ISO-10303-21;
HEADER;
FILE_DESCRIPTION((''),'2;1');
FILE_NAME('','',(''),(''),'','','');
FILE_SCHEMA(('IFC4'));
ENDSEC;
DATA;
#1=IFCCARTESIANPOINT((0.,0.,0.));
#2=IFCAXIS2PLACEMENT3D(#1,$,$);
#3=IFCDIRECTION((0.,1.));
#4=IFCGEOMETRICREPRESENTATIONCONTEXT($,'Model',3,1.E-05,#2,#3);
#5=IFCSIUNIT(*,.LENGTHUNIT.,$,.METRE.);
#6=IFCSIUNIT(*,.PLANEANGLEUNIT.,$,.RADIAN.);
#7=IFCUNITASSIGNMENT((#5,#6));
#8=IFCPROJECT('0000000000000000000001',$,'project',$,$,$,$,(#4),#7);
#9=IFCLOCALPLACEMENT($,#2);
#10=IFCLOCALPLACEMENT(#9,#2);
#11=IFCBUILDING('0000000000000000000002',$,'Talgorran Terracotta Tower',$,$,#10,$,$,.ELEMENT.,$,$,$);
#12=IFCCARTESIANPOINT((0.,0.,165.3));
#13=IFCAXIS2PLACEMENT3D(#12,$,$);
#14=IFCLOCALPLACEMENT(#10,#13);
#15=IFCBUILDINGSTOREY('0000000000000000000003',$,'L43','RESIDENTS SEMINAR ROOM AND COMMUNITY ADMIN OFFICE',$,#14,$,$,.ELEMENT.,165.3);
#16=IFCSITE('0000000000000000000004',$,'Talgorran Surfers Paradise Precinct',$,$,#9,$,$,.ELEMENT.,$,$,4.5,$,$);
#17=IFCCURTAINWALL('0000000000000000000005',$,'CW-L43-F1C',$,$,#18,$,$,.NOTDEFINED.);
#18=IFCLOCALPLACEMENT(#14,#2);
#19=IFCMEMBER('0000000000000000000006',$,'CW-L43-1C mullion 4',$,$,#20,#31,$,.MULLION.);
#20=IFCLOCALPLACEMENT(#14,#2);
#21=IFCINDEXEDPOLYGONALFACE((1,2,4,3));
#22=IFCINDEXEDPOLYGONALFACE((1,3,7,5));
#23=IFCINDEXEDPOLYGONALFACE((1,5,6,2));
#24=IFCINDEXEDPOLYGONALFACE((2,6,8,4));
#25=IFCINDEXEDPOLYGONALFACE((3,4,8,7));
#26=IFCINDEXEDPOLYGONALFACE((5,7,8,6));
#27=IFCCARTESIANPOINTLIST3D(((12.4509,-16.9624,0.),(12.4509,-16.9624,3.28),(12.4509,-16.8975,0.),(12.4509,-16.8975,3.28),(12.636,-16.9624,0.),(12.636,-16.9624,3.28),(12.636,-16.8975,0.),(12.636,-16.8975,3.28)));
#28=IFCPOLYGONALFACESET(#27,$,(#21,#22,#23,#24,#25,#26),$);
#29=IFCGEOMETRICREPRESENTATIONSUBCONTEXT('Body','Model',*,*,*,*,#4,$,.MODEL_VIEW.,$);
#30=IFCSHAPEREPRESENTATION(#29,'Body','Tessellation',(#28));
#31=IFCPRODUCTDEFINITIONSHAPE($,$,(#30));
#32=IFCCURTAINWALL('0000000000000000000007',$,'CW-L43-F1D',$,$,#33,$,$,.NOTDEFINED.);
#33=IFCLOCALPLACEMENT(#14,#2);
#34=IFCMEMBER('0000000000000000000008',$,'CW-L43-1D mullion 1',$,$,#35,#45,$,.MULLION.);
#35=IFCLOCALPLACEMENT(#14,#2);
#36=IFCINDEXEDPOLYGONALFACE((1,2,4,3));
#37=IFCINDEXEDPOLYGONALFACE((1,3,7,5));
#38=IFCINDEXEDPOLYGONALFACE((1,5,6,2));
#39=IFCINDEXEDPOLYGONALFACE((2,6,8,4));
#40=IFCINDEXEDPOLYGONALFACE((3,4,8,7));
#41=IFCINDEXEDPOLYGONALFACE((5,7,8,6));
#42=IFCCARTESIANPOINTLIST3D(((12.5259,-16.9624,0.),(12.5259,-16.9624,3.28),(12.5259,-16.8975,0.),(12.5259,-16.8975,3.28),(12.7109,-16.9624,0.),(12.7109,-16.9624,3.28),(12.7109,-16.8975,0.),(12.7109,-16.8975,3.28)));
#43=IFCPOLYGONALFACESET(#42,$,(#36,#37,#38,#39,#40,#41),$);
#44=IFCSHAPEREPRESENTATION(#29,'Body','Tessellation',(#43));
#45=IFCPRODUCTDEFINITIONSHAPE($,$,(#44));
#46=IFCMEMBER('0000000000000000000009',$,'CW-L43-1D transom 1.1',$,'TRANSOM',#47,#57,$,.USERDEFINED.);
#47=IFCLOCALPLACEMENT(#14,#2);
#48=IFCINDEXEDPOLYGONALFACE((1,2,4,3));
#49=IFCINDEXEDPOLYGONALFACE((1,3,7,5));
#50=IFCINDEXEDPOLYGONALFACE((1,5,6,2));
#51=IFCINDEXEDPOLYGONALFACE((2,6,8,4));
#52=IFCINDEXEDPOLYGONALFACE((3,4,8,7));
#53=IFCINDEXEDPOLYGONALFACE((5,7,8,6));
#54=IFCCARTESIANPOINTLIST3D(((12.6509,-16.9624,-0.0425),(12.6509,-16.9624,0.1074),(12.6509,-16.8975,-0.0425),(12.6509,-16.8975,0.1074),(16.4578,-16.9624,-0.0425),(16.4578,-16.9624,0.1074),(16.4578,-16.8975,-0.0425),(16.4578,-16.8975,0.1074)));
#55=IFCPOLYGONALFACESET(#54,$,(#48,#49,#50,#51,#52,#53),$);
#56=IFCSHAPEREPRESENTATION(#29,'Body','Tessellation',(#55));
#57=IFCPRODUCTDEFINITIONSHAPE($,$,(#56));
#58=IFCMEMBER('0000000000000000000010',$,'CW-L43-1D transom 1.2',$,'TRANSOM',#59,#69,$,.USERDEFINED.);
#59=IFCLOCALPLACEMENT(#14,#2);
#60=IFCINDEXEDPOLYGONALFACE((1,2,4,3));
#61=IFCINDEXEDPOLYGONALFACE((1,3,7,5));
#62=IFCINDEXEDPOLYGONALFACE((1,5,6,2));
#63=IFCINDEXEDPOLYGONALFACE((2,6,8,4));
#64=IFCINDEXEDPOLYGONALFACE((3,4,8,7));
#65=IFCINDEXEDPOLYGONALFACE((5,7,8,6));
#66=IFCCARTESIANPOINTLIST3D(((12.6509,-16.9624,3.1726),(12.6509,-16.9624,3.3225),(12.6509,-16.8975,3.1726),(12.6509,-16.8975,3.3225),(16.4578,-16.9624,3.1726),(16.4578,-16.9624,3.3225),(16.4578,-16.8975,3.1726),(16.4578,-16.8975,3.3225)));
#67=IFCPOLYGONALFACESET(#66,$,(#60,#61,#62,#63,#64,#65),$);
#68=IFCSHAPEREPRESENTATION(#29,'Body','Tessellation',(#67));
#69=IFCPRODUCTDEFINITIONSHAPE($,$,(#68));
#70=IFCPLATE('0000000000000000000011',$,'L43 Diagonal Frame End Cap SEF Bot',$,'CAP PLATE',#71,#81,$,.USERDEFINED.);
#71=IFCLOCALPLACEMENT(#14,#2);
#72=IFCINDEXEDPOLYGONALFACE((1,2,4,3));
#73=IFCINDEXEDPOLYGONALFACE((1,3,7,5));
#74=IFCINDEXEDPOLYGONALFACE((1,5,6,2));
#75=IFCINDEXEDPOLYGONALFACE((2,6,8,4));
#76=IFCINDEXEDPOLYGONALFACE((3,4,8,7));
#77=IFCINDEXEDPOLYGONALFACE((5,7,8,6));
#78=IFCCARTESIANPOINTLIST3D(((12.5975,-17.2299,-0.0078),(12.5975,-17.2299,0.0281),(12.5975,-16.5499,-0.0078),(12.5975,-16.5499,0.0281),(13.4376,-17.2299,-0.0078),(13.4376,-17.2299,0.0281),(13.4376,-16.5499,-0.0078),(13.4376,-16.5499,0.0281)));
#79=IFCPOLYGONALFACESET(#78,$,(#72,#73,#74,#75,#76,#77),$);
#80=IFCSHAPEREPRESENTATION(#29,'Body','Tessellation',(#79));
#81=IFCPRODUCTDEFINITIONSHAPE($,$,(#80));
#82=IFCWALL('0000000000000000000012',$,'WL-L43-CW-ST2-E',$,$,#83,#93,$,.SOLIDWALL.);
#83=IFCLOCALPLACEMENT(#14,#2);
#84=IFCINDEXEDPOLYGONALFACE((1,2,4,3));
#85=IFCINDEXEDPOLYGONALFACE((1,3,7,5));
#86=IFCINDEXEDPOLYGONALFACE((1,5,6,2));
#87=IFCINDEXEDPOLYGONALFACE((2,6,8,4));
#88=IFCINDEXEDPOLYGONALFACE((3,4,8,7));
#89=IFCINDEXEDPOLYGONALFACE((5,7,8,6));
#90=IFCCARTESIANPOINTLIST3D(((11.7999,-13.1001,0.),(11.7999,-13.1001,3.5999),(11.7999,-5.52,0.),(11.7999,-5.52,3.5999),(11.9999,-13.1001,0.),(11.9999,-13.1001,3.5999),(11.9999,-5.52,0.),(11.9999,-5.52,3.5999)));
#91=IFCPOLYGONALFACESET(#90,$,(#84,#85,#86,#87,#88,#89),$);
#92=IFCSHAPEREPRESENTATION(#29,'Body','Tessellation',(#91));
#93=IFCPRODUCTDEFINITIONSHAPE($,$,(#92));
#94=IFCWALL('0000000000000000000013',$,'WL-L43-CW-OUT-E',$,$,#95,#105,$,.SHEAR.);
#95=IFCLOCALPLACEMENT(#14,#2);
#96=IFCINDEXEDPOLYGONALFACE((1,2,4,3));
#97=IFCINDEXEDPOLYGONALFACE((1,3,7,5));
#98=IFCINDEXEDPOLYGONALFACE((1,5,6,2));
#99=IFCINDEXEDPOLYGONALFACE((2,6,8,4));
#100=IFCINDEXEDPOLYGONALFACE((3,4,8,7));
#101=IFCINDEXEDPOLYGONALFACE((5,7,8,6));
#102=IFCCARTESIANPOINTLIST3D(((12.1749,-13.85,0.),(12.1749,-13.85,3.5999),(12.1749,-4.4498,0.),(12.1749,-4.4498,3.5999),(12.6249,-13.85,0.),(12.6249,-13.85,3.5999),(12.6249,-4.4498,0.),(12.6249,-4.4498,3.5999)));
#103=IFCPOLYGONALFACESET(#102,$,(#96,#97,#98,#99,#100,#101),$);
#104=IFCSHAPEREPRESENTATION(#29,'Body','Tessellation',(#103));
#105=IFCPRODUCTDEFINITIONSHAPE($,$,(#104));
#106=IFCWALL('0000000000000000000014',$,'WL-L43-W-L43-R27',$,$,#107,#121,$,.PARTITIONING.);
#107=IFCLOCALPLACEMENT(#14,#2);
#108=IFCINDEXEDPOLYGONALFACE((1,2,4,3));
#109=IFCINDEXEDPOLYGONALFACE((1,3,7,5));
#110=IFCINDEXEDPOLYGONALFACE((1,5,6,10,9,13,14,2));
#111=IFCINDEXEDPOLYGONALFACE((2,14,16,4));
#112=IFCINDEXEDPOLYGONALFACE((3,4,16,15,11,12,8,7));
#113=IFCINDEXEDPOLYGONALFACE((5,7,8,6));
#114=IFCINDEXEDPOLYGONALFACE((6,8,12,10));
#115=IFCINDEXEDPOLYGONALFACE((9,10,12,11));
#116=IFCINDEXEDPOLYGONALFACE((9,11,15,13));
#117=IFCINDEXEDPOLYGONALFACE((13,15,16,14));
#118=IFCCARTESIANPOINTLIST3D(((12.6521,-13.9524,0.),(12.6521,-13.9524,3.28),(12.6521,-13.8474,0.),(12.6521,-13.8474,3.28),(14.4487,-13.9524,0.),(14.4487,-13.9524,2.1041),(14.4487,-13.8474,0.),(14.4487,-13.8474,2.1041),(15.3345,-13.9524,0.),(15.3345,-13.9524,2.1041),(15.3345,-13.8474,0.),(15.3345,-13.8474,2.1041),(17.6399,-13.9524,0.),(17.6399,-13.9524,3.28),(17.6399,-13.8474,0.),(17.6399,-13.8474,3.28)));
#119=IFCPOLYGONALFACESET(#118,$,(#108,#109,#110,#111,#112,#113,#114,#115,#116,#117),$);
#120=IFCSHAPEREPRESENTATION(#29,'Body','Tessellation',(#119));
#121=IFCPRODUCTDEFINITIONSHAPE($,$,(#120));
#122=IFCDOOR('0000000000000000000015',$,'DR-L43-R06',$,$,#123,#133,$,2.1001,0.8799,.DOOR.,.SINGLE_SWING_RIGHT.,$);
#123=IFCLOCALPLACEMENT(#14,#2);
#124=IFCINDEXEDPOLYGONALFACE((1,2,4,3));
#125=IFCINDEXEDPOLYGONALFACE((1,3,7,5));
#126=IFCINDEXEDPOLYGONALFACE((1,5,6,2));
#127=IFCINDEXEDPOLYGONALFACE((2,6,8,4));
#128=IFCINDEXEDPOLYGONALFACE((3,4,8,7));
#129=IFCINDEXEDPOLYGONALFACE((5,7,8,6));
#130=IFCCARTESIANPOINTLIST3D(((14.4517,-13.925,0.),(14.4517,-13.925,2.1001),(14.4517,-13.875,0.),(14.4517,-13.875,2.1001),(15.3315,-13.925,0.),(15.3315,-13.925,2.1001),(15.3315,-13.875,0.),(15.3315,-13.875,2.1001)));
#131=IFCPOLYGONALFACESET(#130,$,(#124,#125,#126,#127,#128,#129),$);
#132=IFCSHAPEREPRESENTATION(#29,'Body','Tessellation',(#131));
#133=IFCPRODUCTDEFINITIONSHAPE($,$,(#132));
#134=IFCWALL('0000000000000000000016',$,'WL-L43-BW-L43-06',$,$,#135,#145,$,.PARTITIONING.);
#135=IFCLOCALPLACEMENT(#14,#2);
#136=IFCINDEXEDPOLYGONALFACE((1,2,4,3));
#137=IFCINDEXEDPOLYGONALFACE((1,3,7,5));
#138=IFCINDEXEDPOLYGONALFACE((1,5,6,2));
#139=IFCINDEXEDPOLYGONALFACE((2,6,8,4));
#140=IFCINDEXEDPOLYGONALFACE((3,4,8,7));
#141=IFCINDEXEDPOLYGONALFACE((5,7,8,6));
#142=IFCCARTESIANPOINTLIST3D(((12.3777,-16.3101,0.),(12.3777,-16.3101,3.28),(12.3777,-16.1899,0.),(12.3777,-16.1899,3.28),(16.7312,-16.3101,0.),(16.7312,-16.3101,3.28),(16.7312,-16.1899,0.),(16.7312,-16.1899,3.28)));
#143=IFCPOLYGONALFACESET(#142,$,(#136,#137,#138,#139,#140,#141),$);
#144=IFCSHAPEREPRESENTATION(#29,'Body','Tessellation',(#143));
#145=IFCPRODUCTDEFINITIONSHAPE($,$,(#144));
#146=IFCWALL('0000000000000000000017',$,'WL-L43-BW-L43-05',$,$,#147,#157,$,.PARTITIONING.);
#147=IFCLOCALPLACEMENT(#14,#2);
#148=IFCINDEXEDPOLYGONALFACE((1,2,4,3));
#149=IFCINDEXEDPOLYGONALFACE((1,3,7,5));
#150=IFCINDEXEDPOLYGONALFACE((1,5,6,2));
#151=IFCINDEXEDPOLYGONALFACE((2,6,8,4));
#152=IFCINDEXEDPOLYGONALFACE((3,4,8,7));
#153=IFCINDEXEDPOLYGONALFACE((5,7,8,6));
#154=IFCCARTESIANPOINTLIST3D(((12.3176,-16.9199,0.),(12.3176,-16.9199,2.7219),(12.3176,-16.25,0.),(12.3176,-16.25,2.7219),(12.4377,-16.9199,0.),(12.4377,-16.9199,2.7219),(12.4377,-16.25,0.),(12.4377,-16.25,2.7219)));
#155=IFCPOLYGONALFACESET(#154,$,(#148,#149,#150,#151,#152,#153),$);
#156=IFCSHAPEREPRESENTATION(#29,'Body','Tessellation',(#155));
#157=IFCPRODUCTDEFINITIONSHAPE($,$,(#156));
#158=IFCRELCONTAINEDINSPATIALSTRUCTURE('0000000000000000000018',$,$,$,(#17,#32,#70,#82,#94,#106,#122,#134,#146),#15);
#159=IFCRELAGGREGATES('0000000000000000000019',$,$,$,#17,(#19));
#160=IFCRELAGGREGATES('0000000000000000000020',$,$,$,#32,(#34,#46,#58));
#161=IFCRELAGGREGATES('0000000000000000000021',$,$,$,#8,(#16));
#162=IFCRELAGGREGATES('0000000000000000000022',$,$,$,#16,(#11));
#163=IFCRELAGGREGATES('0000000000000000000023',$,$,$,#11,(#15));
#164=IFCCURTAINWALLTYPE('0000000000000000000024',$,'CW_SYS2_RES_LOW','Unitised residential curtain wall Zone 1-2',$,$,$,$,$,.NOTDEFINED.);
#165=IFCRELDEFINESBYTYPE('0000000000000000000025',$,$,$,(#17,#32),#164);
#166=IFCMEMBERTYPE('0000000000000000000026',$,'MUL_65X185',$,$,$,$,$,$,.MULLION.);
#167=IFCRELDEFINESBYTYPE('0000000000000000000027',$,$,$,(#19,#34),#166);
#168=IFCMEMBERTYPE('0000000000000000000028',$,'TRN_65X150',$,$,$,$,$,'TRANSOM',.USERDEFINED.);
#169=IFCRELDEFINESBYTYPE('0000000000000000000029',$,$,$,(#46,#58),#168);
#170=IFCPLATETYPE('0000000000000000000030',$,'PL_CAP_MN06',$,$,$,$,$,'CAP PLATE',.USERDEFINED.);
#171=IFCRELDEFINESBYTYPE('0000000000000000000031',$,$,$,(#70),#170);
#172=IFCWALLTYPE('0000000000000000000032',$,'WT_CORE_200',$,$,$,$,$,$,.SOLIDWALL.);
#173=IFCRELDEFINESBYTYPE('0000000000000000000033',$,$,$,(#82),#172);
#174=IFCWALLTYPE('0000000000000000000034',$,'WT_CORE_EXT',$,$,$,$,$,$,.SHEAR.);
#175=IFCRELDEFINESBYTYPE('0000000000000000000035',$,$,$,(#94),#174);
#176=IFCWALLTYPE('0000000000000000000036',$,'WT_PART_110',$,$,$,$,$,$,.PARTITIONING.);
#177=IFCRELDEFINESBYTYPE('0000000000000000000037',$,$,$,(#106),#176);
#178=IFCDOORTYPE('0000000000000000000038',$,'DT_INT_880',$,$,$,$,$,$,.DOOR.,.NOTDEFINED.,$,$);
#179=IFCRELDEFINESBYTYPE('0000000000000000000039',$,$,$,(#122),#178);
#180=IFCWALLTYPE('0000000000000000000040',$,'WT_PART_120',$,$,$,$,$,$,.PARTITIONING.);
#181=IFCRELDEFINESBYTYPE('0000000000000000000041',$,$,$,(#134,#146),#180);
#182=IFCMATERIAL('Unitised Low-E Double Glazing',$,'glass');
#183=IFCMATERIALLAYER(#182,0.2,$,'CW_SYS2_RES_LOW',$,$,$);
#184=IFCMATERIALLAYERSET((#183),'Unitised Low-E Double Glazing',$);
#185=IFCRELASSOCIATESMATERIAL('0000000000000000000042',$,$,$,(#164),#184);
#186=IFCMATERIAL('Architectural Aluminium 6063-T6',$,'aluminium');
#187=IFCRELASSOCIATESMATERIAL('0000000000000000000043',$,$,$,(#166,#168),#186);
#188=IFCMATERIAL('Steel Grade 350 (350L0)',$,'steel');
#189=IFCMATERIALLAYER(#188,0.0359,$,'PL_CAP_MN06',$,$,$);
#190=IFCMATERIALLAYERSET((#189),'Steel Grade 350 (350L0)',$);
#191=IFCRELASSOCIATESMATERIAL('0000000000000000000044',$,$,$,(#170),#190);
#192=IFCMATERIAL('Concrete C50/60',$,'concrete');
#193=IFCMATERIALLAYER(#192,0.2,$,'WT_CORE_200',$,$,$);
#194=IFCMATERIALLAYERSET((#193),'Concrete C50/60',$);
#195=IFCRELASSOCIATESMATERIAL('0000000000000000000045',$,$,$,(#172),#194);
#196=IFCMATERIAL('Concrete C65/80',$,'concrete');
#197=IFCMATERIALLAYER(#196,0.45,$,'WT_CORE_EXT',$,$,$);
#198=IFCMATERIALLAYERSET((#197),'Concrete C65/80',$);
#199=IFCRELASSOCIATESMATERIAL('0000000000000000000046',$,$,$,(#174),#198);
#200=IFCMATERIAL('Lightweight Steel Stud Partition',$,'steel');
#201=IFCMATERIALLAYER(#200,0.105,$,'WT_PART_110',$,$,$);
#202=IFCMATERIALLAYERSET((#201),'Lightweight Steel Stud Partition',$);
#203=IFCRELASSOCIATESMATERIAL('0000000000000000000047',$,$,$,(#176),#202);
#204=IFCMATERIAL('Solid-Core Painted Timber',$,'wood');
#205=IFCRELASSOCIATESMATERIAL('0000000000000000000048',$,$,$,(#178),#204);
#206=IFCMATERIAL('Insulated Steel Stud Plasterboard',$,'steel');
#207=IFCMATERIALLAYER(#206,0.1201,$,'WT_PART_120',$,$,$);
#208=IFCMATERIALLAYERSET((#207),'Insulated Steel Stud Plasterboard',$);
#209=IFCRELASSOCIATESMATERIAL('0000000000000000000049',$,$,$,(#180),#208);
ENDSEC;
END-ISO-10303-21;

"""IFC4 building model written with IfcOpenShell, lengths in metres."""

from ifc_helpers import new_model, si_unit, direction, frame, frame_2d, origin, origin_2d, place, context, subcontext, project, spatial, rectangle, extrude, material, layer, layer_set, material_profile, profile_set, type_object, element, fill, aggregate, save


model = new_model("IFC4")

# Units and contexts
model_context = context("Model", 3, precision=1e-05, world=origin(), true_north=direction((0.0, 1.0)))
body_context = subcontext(model_context, "Body", "Model", "MODEL_VIEW")
ifc_project = project(units=[si_unit("LENGTHUNIT", "METRE"), si_unit("PLANEANGLEUNIT", "RADIAN")], contexts=[model_context])

# Site, building, storey
site_placement = place(None, origin())
site = spatial("IfcSite", under=ifc_project, at=site_placement, Name="Talgorran Surfers Paradise Precinct", CompositionType="ELEMENT", RefElevation=4.5)
building_placement = place(site_placement, origin())
building = spatial("IfcBuilding", under=site, at=building_placement, Name="Talgorran Terracotta Tower", CompositionType="ELEMENT")
storey_placement = place(building_placement, frame((0.0, 0.0, 165.3)))
storey = spatial("IfcBuildingStorey", under=building, at=storey_placement, Name="L43", Description="RESIDENTS SEMINAR ROOM AND COMMUNITY ADMIN OFFICE", CompositionType="ELEMENT", Elevation=165.3)

# Shared definitions
ifc_material_1 = material(Name="Steel Grade 350 (350L0)", Category="steel")

# Curtain wall, member
ifc_material_2 = material(Name="Unitised Low-E Double Glazing", Category="glass")
ifc_layer_1 = layer(ifc_material_2, 0.2, Name="CW_SYS2_RES_LOW")
ifc_layer_set_1 = layer_set([ifc_layer_1], Name="Unitised Low-E Double Glazing")
curtain_wall_type = type_object("IfcCurtainWallType", Name="CW_SYS2_RES_LOW", Description="Unitised residential curtain wall Zone 1-2", PredefinedType="NOTDEFINED", material=ifc_layer_set_1)
curtain_wall_1_placement = place(storey_placement, origin())
curtain_wall_1 = element("IfcCurtainWall", 1, at=curtain_wall_1_placement, inside=storey, type_object=curtain_wall_type, Name="CW-L43-F1C", PredefinedType="NOTDEFINED")
ifc_material_3 = material(Name="Architectural Aluminium 6063-T6", Category="aluminium")
ifc_material_profile_1 = material_profile(ifc_material_3, rectangle(XDim=0.0649, YDim=0.1851, at=origin_2d()), Name="CWM65X185")
ifc_profile_set_1 = profile_set([ifc_material_profile_1], Name="Architectural Aluminium 6063-T6")
member_type_1 = type_object("IfcMemberType", Name="MUL_65X185", PredefinedType="MULLION", material=ifc_profile_set_1)
member_1_placement = place(storey_placement, frame((12.5435, -16.9299, 0.0), z_axis=(0.0, 0.0, 1.0), x_axis=(0.0, 1.0, 0.0)))
member_1 = element("IfcMember", 2, at=member_1_placement, type_object=member_type_1, Name="CW-L43-1C mullion 4", PredefinedType="MULLION", context=body_context, shape_type="SweptSolid", body=[
    extrude(rectangle(XDim=0.0649, YDim=0.1851, at=origin_2d()), origin(), (0.0, 0.0, 1.0), 3.28),
])
aggregate(curtain_wall_1, [member_1])

# Curtain wall, members
curtain_wall_2_placement = place(storey_placement, origin())
curtain_wall_2 = element("IfcCurtainWall", 3, at=curtain_wall_2_placement, inside=storey, type_object=curtain_wall_type, Name="CW-L43-F1D", PredefinedType="NOTDEFINED")
member_2_placement = place(storey_placement, frame((12.6184, -16.9299, 0.0), z_axis=(0.0, 0.0, 1.0), x_axis=(0.0, 1.0, 0.0)))
member_2 = element("IfcMember", 4, at=member_2_placement, type_object=member_type_1, Name="CW-L43-1D mullion 1", PredefinedType="MULLION", context=body_context, shape_type="SweptSolid", body=[
    extrude(rectangle(XDim=0.0649, YDim=0.1851, at=origin_2d()), origin(), (0.0, 0.0, 1.0), 3.28),
])
ifc_material_profile_2 = material_profile(ifc_material_3, rectangle(XDim=0.0649, YDim=0.1499, at=origin_2d()), Name="CWT65X150")
ifc_profile_set_2 = profile_set([ifc_material_profile_2], Name="Architectural Aluminium 6063-T6")
member_type_2 = type_object("IfcMemberType", Name="TRN_65X150", ElementType="TRANSOM", PredefinedType="USERDEFINED", material=ifc_profile_set_2)
member_3_placement = place(storey_placement, frame((12.6509, -16.9299, 0.0325), z_axis=(1.0, 0.0, 0.0), x_axis=(0.0, 1.0, 0.0)))
member_3 = element("IfcMember", 5, at=member_3_placement, type_object=member_type_2, Name="CW-L43-1D transom 1.1", ObjectType="TRANSOM", PredefinedType="USERDEFINED", context=body_context, shape_type="SweptSolid", body=[
    extrude(rectangle(XDim=0.0649, YDim=0.1499, at=origin_2d()), origin(), (0.0, 0.0, 1.0), 3.8069),
])
member_4_placement = place(storey_placement, frame((12.6509, -16.9299, 3.2476), z_axis=(1.0, 0.0, 0.0), x_axis=(0.0, 1.0, 0.0)))
member_4 = element("IfcMember", 6, at=member_4_placement, type_object=member_type_2, Name="CW-L43-1D transom 1.2", ObjectType="TRANSOM", PredefinedType="USERDEFINED", context=body_context, shape_type="SweptSolid", body=[
    extrude(rectangle(XDim=0.0649, YDim=0.1499, at=origin_2d()), origin(), (0.0, 0.0, 1.0), 3.8069),
])
aggregate(curtain_wall_2, [member_2, member_3, member_4])

# Plate
ifc_layer_2 = layer(ifc_material_1, 0.0359, Name="PL_CAP_MN06")
ifc_layer_set_2 = layer_set([ifc_layer_2], Name="Steel Grade 350 (350L0)")
plate_type = type_object("IfcPlateType", Name="PL_CAP_MN06", ElementType="CAP PLATE", PredefinedType="USERDEFINED", material=ifc_layer_set_2)
plate_placement = place(storey_placement, frame((13.0176, -16.8899, -0.0078), z_axis=(0.0, 0.0, 1.0), x_axis=(1.0, 0.0, 0.0)))
element("IfcPlate", 7, at=plate_placement, inside=storey, type_object=plate_type, Name="L43 Diagonal Frame End Cap SEF Bot", ObjectType="CAP PLATE", PredefinedType="USERDEFINED", context=body_context, shape_type="SweptSolid", body=[
    extrude(rectangle(XDim=0.8401, YDim=0.6799, at=origin_2d()), origin(), (0.0, 0.0, 1.0), 0.0359),
])

# Walls
ifc_material_4 = material(Name="Concrete C50/60", Category="concrete")
ifc_layer_3 = layer(ifc_material_4, 0.2, Name="WT_CORE_200")
ifc_layer_set_3 = layer_set([ifc_layer_3], Name="Concrete C50/60")
wall_type_1 = type_object("IfcWallType", Name="WT_CORE_200", PredefinedType="SOLIDWALL", material=ifc_layer_set_3)
wall_1_placement = place(storey_placement, frame((11.8999, -13.1001, 0.0), z_axis=(0.0, 0.0, 1.0), x_axis=(0.0, 1.0, 0.0)))
element("IfcWall", 8, at=wall_1_placement, inside=storey, type_object=wall_type_1, Name="WL-L43-CW-ST2-E", PredefinedType="SOLIDWALL", context=body_context, shape_type="SweptSolid", body=[
    extrude(rectangle(XDim=7.5801, YDim=0.2, at=frame_2d((3.79, 0.0))), origin(), (0.0, 0.0, 1.0), 3.5999),
])
ifc_material_5 = material(Name="Concrete C65/80", Category="concrete")
ifc_layer_4 = layer(ifc_material_5, 0.45, Name="WT_CORE_EXT")
ifc_layer_set_4 = layer_set([ifc_layer_4], Name="Concrete C65/80")
wall_type_2 = type_object("IfcWallType", Name="WT_CORE_EXT", PredefinedType="SHEAR", material=ifc_layer_set_4)
wall_2_placement = place(storey_placement, frame((12.3999, -13.8501, 0.0), z_axis=(0.0, 0.0, 1.0), x_axis=(0.0, 1.0, 0.0)))
element("IfcWall", 9, at=wall_2_placement, inside=storey, type_object=wall_type_2, Name="WL-L43-CW-OUT-E", PredefinedType="SHEAR", context=body_context, shape_type="SweptSolid", body=[
    extrude(rectangle(XDim=9.4001, YDim=0.45, at=frame_2d((4.7002, 0.0))), origin(), (0.0, 0.0, 1.0), 3.5999),
])

# Wall, opening, door
ifc_material_6 = material(Name="Lightweight Steel Stud Partition", Category="steel")
ifc_layer_5 = layer(ifc_material_6, 0.105, Name="WT_PART_110")
ifc_layer_set_5 = layer_set([ifc_layer_5], Name="Lightweight Steel Stud Partition")
wall_type_3 = type_object("IfcWallType", Name="WT_PART_110", PredefinedType="PARTITIONING", material=ifc_layer_set_5)
wall_3_placement = place(storey_placement, frame((12.6521, -13.8999, 0.0), z_axis=(0.0, 0.0, 1.0), x_axis=(1.0, 0.0, 0.0)))
wall_3 = element("IfcWall", 10, at=wall_3_placement, inside=storey, type_object=wall_type_3, Name="WL-L43-W-L43-R27", PredefinedType="PARTITIONING", context=body_context, shape_type="SweptSolid", body=[
    extrude(rectangle(XDim=4.9878, YDim=0.105, at=frame_2d((2.4939, 0.0))), origin(), (0.0, 0.0, 1.0), 3.28),
])
opening_1_placement = place(wall_3_placement, frame((1.7996, 0.0, 0.0)))
opening_1 = element("IfcOpeningElement", 11, at=opening_1_placement, cuts=wall_3, PredefinedType="OPENING", context=body_context, shape_type="SweptSolid", body=[
    extrude(rectangle(XDim=0.8859, YDim=2.1041, at=frame_2d((0.4399, 1.052))), frame((0.0, 0.0625, 0.0), z_axis=(0.0, -1.0, 0.0), x_axis=(1.0, 0.0, 0.0)), (0.0, 0.0, 1.0), 0.125),
])
ifc_material_7 = material(Name="Solid-Core Painted Timber", Category="wood")
door_type_1 = type_object("IfcDoorType", Name="DT_INT_880", OperationType="NOTDEFINED", PredefinedType="DOOR", material=ifc_material_7)
door_1_placement = place(opening_1_placement, origin())
door_1 = element("IfcDoor", 12, at=door_1_placement, inside=storey, type_object=door_type_1, Name="DR-L43-R06", OperationType="SINGLE_SWING_RIGHT", OverallHeight=2.1001, OverallWidth=0.8799, PredefinedType="DOOR", context=body_context, shape_type="SweptSolid", body=[
    extrude(rectangle(XDim=0.8799, YDim=2.1001, at=frame_2d((0.4399, 1.05))), frame((0.0, 0.0249, 0.0), z_axis=(0.0, -1.0, 0.0), x_axis=(1.0, 0.0, 0.0)), (0.0, 0.0, 1.0), 0.05),
])
fill(opening_1, door_1)

# Walls
ifc_material_8 = material(Name="Insulated Steel Stud Plasterboard", Category="steel")
ifc_layer_6 = layer(ifc_material_8, 0.1201, Name="WT_PART_120")
ifc_layer_set_6 = layer_set([ifc_layer_6], Name="Insulated Steel Stud Plasterboard")
wall_type_4 = type_object("IfcWallType", Name="WT_PART_120", PredefinedType="PARTITIONING", material=ifc_layer_set_6)
wall_4_placement = place(storey_placement, frame((12.3777, -16.25, 0.0), z_axis=(0.0, 0.0, 1.0), x_axis=(1.0, 0.0, 0.0)))
element("IfcWall", 13, at=wall_4_placement, inside=storey, type_object=wall_type_4, Name="WL-L43-BW-L43-06", PredefinedType="PARTITIONING", context=body_context, shape_type="SweptSolid", body=[
    extrude(rectangle(XDim=4.3535, YDim=0.1201, at=frame_2d((2.1768, 0.0))), origin(), (0.0, 0.0, 1.0), 3.28),
])
wall_5_placement = place(storey_placement, frame((12.3777, -16.9199, 0.0), z_axis=(0.0, 0.0, 1.0), x_axis=(0.0, 1.0, 0.0)))
element("IfcWall", 14, at=wall_5_placement, inside=storey, type_object=wall_type_4, Name="WL-L43-BW-L43-05", PredefinedType="PARTITIONING", context=body_context, shape_type="SweptSolid", body=[
    extrude(rectangle(XDim=0.6699, YDim=0.1201, at=frame_2d((0.335, 0.0))), origin(), (0.0, 0.0, 1.0), 2.7219),
])

save(model, "model.ifc")
